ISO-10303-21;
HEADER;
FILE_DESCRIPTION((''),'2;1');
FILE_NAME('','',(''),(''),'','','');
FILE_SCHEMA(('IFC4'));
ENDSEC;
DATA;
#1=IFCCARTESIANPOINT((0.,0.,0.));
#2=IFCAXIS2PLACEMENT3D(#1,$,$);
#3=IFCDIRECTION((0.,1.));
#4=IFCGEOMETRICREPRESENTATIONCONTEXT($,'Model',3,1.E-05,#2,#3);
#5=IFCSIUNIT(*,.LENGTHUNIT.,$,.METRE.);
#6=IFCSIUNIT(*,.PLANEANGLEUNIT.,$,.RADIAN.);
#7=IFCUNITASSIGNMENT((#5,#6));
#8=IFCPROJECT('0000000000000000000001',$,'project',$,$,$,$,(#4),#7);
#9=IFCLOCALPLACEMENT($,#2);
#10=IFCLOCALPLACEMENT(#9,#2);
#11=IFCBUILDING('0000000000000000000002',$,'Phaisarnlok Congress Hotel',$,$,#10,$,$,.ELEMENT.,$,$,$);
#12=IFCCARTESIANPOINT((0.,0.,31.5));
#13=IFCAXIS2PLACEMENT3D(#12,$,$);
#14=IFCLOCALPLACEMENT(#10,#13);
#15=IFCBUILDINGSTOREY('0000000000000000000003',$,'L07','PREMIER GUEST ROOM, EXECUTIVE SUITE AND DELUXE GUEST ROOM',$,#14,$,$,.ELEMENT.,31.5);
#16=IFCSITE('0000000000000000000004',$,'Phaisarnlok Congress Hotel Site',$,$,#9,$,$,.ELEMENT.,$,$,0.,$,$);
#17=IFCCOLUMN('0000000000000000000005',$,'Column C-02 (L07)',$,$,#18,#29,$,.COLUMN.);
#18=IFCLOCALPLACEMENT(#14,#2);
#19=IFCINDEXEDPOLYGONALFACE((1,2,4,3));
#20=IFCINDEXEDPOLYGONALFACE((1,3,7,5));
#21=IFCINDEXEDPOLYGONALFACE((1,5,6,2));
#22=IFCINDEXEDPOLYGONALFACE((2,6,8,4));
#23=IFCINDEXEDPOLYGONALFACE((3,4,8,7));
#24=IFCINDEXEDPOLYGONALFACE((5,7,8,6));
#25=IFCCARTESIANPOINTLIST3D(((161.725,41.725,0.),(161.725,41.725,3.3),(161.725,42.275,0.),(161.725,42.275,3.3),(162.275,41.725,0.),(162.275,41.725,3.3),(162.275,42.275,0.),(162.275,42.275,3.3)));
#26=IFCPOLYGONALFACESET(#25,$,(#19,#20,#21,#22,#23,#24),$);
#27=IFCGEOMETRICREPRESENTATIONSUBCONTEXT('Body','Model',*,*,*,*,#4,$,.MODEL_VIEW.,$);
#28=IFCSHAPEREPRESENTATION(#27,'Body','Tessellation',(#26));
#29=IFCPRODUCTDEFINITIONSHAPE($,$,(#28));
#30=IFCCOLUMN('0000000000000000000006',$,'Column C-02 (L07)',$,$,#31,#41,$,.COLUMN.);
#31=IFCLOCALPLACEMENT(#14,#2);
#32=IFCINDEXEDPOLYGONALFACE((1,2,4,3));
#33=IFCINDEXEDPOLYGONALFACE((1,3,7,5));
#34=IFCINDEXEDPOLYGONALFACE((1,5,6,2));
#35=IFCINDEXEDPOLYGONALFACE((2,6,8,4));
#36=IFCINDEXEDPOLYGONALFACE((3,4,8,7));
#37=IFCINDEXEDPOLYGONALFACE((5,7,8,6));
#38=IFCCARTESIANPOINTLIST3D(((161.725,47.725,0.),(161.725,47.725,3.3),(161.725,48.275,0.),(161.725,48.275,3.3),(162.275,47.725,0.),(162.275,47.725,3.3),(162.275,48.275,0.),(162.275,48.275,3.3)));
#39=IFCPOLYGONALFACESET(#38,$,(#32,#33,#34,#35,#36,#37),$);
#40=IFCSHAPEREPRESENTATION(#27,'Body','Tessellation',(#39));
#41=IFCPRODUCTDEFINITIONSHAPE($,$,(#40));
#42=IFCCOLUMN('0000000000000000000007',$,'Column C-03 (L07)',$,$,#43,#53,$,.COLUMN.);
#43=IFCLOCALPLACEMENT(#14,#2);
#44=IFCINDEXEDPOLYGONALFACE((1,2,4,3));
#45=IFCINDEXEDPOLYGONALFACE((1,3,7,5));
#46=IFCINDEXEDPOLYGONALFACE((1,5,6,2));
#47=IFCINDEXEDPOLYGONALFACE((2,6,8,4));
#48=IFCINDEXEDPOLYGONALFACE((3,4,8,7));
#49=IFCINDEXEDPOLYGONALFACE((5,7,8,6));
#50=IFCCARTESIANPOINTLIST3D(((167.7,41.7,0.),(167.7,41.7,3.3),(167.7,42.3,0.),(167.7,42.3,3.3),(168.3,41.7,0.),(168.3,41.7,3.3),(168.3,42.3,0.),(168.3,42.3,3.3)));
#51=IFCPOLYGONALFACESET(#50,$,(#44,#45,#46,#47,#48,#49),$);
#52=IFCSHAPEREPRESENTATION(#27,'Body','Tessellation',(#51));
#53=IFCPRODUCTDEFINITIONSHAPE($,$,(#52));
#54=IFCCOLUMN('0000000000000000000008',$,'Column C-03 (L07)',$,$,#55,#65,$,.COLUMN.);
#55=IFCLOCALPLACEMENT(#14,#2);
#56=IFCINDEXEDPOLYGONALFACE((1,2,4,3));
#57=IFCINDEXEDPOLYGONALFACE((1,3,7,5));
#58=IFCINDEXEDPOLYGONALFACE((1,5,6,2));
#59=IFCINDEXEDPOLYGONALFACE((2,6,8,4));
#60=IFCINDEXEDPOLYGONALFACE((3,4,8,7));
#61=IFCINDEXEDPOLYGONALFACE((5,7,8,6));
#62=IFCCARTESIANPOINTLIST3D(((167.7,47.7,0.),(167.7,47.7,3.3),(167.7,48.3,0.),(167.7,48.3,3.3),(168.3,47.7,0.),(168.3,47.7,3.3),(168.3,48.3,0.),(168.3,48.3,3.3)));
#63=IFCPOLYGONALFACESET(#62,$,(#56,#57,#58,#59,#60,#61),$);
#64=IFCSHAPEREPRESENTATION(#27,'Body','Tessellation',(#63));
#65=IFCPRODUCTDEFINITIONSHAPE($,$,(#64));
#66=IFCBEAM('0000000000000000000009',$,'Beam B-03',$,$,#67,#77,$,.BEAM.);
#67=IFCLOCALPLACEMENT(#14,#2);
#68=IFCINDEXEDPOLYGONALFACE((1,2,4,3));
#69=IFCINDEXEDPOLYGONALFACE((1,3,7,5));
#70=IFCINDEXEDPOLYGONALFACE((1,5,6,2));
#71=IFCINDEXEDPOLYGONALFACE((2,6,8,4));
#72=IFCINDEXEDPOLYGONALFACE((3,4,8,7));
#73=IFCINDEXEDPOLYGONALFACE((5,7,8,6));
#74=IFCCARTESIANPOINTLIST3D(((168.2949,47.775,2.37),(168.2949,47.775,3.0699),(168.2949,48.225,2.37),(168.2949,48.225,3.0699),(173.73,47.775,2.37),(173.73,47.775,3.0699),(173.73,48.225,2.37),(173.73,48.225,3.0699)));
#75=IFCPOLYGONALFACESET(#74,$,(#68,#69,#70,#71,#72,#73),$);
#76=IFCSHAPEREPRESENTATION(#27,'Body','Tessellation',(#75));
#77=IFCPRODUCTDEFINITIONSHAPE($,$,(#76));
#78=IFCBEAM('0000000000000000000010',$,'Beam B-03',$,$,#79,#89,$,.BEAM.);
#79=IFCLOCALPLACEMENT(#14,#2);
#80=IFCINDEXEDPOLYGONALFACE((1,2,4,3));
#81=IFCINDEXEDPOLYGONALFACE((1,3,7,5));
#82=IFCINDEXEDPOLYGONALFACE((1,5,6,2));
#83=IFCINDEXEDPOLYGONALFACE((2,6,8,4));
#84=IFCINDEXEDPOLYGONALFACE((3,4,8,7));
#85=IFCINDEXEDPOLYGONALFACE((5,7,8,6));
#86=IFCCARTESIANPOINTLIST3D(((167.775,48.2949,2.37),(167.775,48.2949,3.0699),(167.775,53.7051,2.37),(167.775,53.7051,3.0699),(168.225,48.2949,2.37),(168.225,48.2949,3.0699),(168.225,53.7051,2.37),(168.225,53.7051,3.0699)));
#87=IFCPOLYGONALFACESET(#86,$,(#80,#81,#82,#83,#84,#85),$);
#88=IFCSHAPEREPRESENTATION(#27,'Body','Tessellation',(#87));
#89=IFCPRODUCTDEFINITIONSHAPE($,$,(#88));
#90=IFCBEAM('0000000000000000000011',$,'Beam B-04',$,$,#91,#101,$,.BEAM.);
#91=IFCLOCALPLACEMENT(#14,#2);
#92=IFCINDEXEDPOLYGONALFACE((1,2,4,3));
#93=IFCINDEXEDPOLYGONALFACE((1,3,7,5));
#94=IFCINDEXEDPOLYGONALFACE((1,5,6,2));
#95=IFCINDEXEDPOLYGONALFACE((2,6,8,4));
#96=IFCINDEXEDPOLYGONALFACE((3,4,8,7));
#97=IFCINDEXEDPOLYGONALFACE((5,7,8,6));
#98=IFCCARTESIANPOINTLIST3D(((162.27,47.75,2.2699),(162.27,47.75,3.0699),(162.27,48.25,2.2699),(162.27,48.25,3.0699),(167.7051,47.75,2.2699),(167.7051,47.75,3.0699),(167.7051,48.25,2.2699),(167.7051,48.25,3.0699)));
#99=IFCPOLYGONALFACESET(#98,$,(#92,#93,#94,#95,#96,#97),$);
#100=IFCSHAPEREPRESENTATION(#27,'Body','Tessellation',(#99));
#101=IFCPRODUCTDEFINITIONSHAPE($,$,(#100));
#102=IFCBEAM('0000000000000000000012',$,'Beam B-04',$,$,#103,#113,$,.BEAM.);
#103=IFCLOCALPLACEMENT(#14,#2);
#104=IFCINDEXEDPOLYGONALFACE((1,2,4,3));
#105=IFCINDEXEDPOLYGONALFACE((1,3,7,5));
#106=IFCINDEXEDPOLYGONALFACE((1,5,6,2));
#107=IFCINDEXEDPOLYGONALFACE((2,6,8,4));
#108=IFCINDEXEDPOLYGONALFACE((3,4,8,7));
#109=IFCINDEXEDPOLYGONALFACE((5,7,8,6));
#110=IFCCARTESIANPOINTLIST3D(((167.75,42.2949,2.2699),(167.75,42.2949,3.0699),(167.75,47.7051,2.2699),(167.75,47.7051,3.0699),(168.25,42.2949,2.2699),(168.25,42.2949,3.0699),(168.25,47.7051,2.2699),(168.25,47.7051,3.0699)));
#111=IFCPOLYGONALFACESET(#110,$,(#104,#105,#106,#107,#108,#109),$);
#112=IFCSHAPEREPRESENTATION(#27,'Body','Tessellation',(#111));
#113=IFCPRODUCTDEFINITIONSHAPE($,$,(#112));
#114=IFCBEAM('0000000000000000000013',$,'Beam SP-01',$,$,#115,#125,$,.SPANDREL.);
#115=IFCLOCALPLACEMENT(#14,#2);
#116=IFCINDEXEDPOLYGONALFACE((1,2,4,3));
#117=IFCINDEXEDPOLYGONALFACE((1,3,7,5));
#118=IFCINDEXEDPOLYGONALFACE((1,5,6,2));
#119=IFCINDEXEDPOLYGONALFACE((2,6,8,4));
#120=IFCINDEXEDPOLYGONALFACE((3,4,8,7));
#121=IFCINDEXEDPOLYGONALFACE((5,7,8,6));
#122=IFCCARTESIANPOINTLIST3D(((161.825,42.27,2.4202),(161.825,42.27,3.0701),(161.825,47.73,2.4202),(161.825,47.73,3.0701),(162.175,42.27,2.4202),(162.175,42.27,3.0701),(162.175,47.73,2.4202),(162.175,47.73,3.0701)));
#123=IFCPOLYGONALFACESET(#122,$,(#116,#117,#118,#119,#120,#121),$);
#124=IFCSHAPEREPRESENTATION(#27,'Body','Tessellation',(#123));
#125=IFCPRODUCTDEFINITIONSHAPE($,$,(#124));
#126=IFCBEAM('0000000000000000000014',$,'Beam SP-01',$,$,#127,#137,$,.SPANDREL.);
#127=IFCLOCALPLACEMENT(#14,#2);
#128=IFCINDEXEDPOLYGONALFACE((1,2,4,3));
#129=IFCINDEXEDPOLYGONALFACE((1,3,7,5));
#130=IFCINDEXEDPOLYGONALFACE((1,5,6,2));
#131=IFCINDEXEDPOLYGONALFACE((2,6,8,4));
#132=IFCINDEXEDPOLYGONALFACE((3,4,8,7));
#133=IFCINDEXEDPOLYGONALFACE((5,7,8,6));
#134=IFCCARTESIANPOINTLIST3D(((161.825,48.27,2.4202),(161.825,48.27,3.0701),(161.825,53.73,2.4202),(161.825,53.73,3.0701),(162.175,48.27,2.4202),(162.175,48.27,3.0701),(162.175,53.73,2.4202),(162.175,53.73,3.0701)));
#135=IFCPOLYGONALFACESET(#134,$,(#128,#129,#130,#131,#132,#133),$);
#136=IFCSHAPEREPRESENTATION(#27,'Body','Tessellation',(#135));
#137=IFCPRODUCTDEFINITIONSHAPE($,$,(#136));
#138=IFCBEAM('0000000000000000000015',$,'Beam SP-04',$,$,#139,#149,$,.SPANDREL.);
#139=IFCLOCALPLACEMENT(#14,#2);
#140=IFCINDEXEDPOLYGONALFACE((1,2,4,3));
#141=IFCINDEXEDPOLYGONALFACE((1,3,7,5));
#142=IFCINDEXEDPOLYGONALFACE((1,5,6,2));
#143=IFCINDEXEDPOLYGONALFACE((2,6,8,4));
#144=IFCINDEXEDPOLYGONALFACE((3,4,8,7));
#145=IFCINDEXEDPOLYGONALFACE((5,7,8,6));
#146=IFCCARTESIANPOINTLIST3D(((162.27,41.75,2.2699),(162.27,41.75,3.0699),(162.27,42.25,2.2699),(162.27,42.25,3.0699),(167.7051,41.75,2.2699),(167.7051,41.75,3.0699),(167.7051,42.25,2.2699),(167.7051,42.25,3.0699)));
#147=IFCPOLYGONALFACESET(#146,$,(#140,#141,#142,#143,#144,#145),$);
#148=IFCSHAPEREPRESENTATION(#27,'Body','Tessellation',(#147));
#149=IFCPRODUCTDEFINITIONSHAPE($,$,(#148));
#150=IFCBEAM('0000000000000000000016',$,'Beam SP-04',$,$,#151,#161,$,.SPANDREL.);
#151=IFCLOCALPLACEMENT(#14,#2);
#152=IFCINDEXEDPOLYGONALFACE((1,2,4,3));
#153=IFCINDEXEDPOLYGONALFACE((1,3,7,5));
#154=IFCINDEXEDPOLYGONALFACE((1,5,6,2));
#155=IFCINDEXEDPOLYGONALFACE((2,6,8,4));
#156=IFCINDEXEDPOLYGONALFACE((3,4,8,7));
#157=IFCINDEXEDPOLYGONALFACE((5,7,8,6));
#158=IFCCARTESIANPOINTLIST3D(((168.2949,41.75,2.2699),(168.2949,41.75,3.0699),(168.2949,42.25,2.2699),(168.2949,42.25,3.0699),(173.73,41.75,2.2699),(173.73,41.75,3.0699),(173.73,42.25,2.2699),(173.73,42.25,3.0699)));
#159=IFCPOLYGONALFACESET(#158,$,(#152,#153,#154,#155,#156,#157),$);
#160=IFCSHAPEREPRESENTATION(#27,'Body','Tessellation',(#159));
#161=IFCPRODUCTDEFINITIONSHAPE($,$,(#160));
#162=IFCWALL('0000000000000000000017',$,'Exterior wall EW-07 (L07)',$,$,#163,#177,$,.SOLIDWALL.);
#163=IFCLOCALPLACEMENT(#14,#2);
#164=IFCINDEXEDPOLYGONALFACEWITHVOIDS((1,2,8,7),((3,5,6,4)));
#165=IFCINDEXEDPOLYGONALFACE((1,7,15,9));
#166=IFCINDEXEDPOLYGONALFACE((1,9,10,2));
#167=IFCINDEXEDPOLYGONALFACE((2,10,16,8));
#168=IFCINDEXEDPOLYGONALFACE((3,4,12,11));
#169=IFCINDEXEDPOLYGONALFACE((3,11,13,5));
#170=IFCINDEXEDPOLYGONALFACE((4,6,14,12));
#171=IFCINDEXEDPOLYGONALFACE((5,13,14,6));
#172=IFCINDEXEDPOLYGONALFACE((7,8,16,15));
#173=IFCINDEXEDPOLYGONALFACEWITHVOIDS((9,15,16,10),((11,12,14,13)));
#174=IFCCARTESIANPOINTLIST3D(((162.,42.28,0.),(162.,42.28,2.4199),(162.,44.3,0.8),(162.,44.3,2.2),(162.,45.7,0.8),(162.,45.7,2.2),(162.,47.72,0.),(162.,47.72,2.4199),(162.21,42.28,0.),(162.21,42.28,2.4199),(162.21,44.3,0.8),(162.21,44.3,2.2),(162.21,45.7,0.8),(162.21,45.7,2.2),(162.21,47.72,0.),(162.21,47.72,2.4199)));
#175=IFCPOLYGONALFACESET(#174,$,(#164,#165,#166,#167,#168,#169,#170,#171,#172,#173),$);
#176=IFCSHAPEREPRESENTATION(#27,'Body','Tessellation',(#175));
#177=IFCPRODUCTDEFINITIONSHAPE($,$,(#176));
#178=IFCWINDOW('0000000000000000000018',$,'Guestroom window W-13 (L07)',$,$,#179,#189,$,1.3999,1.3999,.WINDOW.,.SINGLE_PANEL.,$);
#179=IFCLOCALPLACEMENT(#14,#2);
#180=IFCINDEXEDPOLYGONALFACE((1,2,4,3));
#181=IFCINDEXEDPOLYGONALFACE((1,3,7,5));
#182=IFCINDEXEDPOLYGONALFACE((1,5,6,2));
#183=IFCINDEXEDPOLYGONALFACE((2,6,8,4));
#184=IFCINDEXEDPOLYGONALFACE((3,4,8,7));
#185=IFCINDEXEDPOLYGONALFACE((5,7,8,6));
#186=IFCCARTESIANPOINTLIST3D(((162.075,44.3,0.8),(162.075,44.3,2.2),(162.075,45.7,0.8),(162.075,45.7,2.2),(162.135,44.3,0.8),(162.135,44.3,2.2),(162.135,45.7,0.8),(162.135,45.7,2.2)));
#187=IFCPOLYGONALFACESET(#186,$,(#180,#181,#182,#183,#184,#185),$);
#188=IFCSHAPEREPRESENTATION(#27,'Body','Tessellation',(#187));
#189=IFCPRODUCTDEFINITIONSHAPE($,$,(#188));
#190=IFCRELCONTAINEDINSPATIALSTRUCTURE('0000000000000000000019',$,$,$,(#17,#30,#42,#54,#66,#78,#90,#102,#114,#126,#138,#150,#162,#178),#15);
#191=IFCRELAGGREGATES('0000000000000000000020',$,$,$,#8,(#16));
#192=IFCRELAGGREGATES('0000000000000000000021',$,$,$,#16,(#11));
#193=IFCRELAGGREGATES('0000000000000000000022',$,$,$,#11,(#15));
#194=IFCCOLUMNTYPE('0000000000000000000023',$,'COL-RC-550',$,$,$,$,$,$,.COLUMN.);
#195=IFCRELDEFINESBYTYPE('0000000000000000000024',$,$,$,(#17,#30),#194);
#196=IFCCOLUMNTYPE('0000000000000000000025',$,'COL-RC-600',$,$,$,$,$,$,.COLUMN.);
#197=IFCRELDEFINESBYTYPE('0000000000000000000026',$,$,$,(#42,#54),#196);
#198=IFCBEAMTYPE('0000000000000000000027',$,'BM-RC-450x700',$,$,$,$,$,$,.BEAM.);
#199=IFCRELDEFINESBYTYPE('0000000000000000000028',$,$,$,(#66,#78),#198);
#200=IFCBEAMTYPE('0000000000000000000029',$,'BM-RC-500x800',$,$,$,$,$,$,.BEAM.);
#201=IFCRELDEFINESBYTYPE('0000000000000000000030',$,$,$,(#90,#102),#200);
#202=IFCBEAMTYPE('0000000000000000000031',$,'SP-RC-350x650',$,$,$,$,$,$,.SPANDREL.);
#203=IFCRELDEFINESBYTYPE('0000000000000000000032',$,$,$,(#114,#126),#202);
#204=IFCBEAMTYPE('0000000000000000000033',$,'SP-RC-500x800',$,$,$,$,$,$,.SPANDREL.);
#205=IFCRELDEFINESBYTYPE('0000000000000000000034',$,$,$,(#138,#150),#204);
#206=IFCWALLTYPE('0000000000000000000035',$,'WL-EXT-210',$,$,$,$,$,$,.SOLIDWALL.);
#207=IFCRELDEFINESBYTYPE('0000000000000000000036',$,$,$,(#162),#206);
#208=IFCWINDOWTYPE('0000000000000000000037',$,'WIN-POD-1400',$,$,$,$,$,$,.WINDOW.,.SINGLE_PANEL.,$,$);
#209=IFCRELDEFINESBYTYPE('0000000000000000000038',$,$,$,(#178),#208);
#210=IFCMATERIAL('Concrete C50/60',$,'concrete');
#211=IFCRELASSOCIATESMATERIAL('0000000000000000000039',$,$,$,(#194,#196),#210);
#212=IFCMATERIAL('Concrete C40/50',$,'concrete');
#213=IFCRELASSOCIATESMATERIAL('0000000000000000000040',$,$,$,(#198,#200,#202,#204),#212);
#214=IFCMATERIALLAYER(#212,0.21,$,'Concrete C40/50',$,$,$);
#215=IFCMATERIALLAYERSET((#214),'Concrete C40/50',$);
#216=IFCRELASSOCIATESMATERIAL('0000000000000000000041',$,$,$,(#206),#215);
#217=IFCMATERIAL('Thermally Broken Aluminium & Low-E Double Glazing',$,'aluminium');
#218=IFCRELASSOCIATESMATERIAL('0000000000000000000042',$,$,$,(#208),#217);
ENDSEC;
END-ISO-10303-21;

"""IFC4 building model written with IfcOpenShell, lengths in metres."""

from ifc_helpers import new_model, si_unit, direction, frame, frame_2d, origin, origin_2d, place, context, subcontext, project, spatial, rectangle, extrude, material, layer, layer_set, material_profile, profile_set, type_object, element, fill, save


model = new_model("IFC4")

# Units and contexts
model_context = context("Model", 3, precision=1e-05, world=origin(), true_north=direction((0.0, 1.0)))
body_context = subcontext(model_context, "Body", "Model", "MODEL_VIEW")
ifc_project = project(units=[si_unit("LENGTHUNIT", "METRE"), si_unit("PLANEANGLEUNIT", "RADIAN")], contexts=[model_context])

# Site, building, storey
site_placement = place(None, origin())
site = spatial("IfcSite", under=ifc_project, at=site_placement, Name="Phaisarnlok Congress Hotel Site", CompositionType="ELEMENT", RefElevation=0.0)
building_placement = place(site_placement, origin())
building = spatial("IfcBuilding", under=site, at=building_placement, Name="Phaisarnlok Congress Hotel", CompositionType="ELEMENT")
storey_placement = place(building_placement, frame((0.0, 0.0, 31.5)))
storey = spatial("IfcBuildingStorey", under=building, at=storey_placement, Name="L07", Description="PREMIER GUEST ROOM, EXECUTIVE SUITE AND DELUXE GUEST ROOM", CompositionType="ELEMENT", Elevation=31.5)

# Columns
ifc_material_1 = material(Name="Concrete C50/60", Category="concrete")
ifc_material_profile_1 = material_profile(ifc_material_1, rectangle(XDim=0.55, YDim=0.55, at=origin_2d()), Name="RC 550x550")
ifc_profile_set_1 = profile_set([ifc_material_profile_1], Name="Concrete C50/60")
column_type_1 = type_object("IfcColumnType", Name="COL-RC-550", PredefinedType="COLUMN", material=ifc_profile_set_1)
for number, where, z_axis, x_axis, name in (
    (1, (162.0, 42.0, 0.0), (0.0, 0.0, 1.0), (1.0, 0.0, 0.0), "Column C-02 (L07)"),
    (2, (162.0, 48.0, 0.0), (0.0, 0.0, 1.0), (1.0, 0.0, 0.0), "Column C-02 (L07)"),
):
    element("IfcColumn", number, at=place(storey_placement, frame(where, z_axis=z_axis, x_axis=x_axis)), inside=storey, type_object=column_type_1, Name=name, PredefinedType="COLUMN", context=body_context, shape_type="SweptSolid", body=[
        extrude(rectangle(XDim=0.55, YDim=0.55, at=origin_2d()), origin(), (0.0, 0.0, 1.0), 3.3),
    ])
ifc_material_profile_2 = material_profile(ifc_material_1, rectangle(XDim=0.6001, YDim=0.6001, at=origin_2d()), Name="RC 600x600")
ifc_profile_set_2 = profile_set([ifc_material_profile_2], Name="Concrete C50/60")
column_type_2 = type_object("IfcColumnType", Name="COL-RC-600", PredefinedType="COLUMN", material=ifc_profile_set_2)
for number, where, z_axis, x_axis, name in (
    (3, (168.0, 42.0, 0.0), (0.0, 0.0, 1.0), (1.0, 0.0, 0.0), "Column C-03 (L07)"),
    (4, (168.0, 48.0, 0.0), (0.0, 0.0, 1.0), (1.0, 0.0, 0.0), "Column C-03 (L07)"),
):
    element("IfcColumn", number, at=place(storey_placement, frame(where, z_axis=z_axis, x_axis=x_axis)), inside=storey, type_object=column_type_2, Name=name, PredefinedType="COLUMN", context=body_context, shape_type="SweptSolid", body=[
        extrude(rectangle(XDim=0.6001, YDim=0.6001, at=origin_2d()), origin(), (0.0, 0.0, 1.0), 3.3),
    ])

# Beams
ifc_material_2 = material(Name="Concrete C40/50", Category="concrete")
ifc_material_profile_3 = material_profile(ifc_material_2, rectangle(XDim=0.45, YDim=0.7, at=origin_2d()), Name="RC 450x700")
ifc_profile_set_3 = profile_set([ifc_material_profile_3], Name="Concrete C40/50")
beam_type_1 = type_object("IfcBeamType", Name="BM-RC-450x700", PredefinedType="BEAM", material=ifc_profile_set_3)
beam_1_placement = place(storey_placement, frame((168.2949, 48.0, 2.72), z_axis=(1.0, 0.0, 0.0), x_axis=(0.0, 1.0, 0.0)))
element("IfcBeam", 5, at=beam_1_placement, inside=storey, type_object=beam_type_1, Name="Beam B-03", PredefinedType="BEAM", context=body_context, shape_type="SweptSolid", body=[
    extrude(rectangle(XDim=0.45, YDim=0.7, at=origin_2d()), origin(), (0.0, 0.0, 1.0), 5.4351),
])
beam_2_placement = place(storey_placement, frame((168.0, 48.2949, 2.72), z_axis=(0.0, 1.0, 0.0), x_axis=(-1.0, 0.0, 0.0)))
element("IfcBeam", 6, at=beam_2_placement, inside=storey, type_object=beam_type_1, Name="Beam B-03", PredefinedType="BEAM", context=body_context, shape_type="SweptSolid", body=[
    extrude(rectangle(XDim=0.45, YDim=0.7, at=origin_2d()), origin(), (0.0, 0.0, 1.0), 5.4102),
])
ifc_material_profile_4 = material_profile(ifc_material_2, rectangle(XDim=0.5, YDim=0.8, at=origin_2d()), Name="RC 500x800")
ifc_profile_set_4 = profile_set([ifc_material_profile_4], Name="Concrete C40/50")
beam_type_2 = type_object("IfcBeamType", Name="BM-RC-500x800", PredefinedType="BEAM", material=ifc_profile_set_4)
beam_3_placement = place(storey_placement, frame((162.27, 48.0, 2.6699), z_axis=(1.0, 0.0, 0.0), x_axis=(0.0, 1.0, 0.0)))
element("IfcBeam", 7, at=beam_3_placement, inside=storey, type_object=beam_type_2, Name="Beam B-04", PredefinedType="BEAM", context=body_context, shape_type="SweptSolid", body=[
    extrude(rectangle(XDim=0.5, YDim=0.8, at=origin_2d()), origin(), (0.0, 0.0, 1.0), 5.4351),
])
beam_4_placement = place(storey_placement, frame((168.0, 42.2949, 2.6699), z_axis=(0.0, 1.0, 0.0), x_axis=(-1.0, 0.0, 0.0)))
element("IfcBeam", 8, at=beam_4_placement, inside=storey, type_object=beam_type_2, Name="Beam B-04", PredefinedType="BEAM", context=body_context, shape_type="SweptSolid", body=[
    extrude(rectangle(XDim=0.5, YDim=0.8, at=origin_2d()), origin(), (0.0, 0.0, 1.0), 5.4102),
])
ifc_material_profile_5 = material_profile(ifc_material_2, rectangle(XDim=0.3501, YDim=0.6499, at=origin_2d()), Name="RC 350x650")
ifc_profile_set_5 = profile_set([ifc_material_profile_5], Name="Concrete C40/50")
beam_type_3 = type_object("IfcBeamType", Name="SP-RC-350x650", PredefinedType="SPANDREL", material=ifc_profile_set_5)
for number, where, z_axis, x_axis, name in (
    (9, (162.0, 42.27, 2.7451), (0.0, 1.0, 0.0), (-1.0, 0.0, 0.0), "Beam SP-01"),
    (10, (162.0, 48.27, 2.7451), (0.0, 1.0, 0.0), (-1.0, 0.0, 0.0), "Beam SP-01"),
):
    element("IfcBeam", number, at=place(storey_placement, frame(where, z_axis=z_axis, x_axis=x_axis)), inside=storey, type_object=beam_type_3, Name=name, PredefinedType="SPANDREL", context=body_context, shape_type="SweptSolid", body=[
        extrude(rectangle(XDim=0.3501, YDim=0.6499, at=origin_2d()), origin(), (0.0, 0.0, 1.0), 5.46),
    ])
ifc_material_profile_6 = material_profile(ifc_material_2, rectangle(XDim=0.5, YDim=0.8, at=origin_2d()), Name="RC 500x800")
ifc_profile_set_6 = profile_set([ifc_material_profile_6], Name="Concrete C40/50")
beam_type_4 = type_object("IfcBeamType", Name="SP-RC-500x800", PredefinedType="SPANDREL", material=ifc_profile_set_6)
for number, where, z_axis, x_axis, name in (
    (11, (162.27, 42.0, 2.6699), (1.0, 0.0, 0.0), (0.0, 1.0, 0.0), "Beam SP-04"),
    (12, (168.2949, 42.0, 2.6699), (1.0, 0.0, 0.0), (0.0, 1.0, 0.0), "Beam SP-04"),
):
    element("IfcBeam", number, at=place(storey_placement, frame(where, z_axis=z_axis, x_axis=x_axis)), inside=storey, type_object=beam_type_4, Name=name, PredefinedType="SPANDREL", context=body_context, shape_type="SweptSolid", body=[
        extrude(rectangle(XDim=0.5, YDim=0.8, at=origin_2d()), origin(), (0.0, 0.0, 1.0), 5.4351),
    ])

# Wall, opening, window
ifc_layer_1 = layer(ifc_material_2, 0.21, Name="Concrete C40/50")
ifc_layer_set_1 = layer_set([ifc_layer_1], Name="Concrete C40/50")
wall_type_1 = type_object("IfcWallType", Name="WL-EXT-210", PredefinedType="SOLIDWALL", material=ifc_layer_set_1)
wall_1_placement = place(storey_placement, frame((162.105, 47.72, 0.0), z_axis=(0.0, 0.0, 1.0), x_axis=(0.0, -1.0, 0.0)))
wall_1 = element("IfcWall", 13, at=wall_1_placement, inside=storey, type_object=wall_type_1, Name="Exterior wall EW-07 (L07)", PredefinedType="SOLIDWALL", context=body_context, shape_type="SweptSolid", body=[
    extrude(rectangle(XDim=5.4399, YDim=0.21, at=frame_2d((2.72, 0.0))), origin(), (0.0, 0.0, 1.0), 2.4199),
])
opening_1_placement = place(wall_1_placement, frame((2.02, 0.0, 0.8)))
opening_1 = element("IfcOpeningElement", 14, at=opening_1_placement, cuts=wall_1, PredefinedType="OPENING", context=body_context, shape_type="SweptSolid", body=[
    extrude(rectangle(XDim=1.3999, YDim=1.3999, at=frame_2d((0.7, 0.7))), frame((0.0, 0.115, 0.0), z_axis=(0.0, -1.0, 0.0), x_axis=(1.0, 0.0, 0.0)), (0.0, 0.0, 1.0), 0.23),
])
ifc_material_3 = material(Name="Thermally Broken Aluminium & Low-E Double Glazing", Category="aluminium")
window_type = type_object("IfcWindowType", Name="WIN-POD-1400", PartitioningType="SINGLE_PANEL", PredefinedType="WINDOW", material=ifc_material_3)
window_placement = place(opening_1_placement, origin())
window = element("IfcWindow", 15, at=window_placement, inside=storey, type_object=window_type, Name="Guestroom window W-13 (L07)", OverallHeight=1.3999, OverallWidth=1.3999, PartitioningType="SINGLE_PANEL", PredefinedType="WINDOW", context=body_context, shape_type="SweptSolid", body=[
    extrude(rectangle(XDim=1.3999, YDim=1.3999, at=frame_2d((0.7, 0.7))), frame((0.0, 0.03, 0.0), z_axis=(0.0, -1.0, 0.0), x_axis=(1.0, 0.0, 0.0)), (0.0, 0.0, 1.0), 0.0601),
])
fill(opening_1, window)

save(model, "model.ifc")
